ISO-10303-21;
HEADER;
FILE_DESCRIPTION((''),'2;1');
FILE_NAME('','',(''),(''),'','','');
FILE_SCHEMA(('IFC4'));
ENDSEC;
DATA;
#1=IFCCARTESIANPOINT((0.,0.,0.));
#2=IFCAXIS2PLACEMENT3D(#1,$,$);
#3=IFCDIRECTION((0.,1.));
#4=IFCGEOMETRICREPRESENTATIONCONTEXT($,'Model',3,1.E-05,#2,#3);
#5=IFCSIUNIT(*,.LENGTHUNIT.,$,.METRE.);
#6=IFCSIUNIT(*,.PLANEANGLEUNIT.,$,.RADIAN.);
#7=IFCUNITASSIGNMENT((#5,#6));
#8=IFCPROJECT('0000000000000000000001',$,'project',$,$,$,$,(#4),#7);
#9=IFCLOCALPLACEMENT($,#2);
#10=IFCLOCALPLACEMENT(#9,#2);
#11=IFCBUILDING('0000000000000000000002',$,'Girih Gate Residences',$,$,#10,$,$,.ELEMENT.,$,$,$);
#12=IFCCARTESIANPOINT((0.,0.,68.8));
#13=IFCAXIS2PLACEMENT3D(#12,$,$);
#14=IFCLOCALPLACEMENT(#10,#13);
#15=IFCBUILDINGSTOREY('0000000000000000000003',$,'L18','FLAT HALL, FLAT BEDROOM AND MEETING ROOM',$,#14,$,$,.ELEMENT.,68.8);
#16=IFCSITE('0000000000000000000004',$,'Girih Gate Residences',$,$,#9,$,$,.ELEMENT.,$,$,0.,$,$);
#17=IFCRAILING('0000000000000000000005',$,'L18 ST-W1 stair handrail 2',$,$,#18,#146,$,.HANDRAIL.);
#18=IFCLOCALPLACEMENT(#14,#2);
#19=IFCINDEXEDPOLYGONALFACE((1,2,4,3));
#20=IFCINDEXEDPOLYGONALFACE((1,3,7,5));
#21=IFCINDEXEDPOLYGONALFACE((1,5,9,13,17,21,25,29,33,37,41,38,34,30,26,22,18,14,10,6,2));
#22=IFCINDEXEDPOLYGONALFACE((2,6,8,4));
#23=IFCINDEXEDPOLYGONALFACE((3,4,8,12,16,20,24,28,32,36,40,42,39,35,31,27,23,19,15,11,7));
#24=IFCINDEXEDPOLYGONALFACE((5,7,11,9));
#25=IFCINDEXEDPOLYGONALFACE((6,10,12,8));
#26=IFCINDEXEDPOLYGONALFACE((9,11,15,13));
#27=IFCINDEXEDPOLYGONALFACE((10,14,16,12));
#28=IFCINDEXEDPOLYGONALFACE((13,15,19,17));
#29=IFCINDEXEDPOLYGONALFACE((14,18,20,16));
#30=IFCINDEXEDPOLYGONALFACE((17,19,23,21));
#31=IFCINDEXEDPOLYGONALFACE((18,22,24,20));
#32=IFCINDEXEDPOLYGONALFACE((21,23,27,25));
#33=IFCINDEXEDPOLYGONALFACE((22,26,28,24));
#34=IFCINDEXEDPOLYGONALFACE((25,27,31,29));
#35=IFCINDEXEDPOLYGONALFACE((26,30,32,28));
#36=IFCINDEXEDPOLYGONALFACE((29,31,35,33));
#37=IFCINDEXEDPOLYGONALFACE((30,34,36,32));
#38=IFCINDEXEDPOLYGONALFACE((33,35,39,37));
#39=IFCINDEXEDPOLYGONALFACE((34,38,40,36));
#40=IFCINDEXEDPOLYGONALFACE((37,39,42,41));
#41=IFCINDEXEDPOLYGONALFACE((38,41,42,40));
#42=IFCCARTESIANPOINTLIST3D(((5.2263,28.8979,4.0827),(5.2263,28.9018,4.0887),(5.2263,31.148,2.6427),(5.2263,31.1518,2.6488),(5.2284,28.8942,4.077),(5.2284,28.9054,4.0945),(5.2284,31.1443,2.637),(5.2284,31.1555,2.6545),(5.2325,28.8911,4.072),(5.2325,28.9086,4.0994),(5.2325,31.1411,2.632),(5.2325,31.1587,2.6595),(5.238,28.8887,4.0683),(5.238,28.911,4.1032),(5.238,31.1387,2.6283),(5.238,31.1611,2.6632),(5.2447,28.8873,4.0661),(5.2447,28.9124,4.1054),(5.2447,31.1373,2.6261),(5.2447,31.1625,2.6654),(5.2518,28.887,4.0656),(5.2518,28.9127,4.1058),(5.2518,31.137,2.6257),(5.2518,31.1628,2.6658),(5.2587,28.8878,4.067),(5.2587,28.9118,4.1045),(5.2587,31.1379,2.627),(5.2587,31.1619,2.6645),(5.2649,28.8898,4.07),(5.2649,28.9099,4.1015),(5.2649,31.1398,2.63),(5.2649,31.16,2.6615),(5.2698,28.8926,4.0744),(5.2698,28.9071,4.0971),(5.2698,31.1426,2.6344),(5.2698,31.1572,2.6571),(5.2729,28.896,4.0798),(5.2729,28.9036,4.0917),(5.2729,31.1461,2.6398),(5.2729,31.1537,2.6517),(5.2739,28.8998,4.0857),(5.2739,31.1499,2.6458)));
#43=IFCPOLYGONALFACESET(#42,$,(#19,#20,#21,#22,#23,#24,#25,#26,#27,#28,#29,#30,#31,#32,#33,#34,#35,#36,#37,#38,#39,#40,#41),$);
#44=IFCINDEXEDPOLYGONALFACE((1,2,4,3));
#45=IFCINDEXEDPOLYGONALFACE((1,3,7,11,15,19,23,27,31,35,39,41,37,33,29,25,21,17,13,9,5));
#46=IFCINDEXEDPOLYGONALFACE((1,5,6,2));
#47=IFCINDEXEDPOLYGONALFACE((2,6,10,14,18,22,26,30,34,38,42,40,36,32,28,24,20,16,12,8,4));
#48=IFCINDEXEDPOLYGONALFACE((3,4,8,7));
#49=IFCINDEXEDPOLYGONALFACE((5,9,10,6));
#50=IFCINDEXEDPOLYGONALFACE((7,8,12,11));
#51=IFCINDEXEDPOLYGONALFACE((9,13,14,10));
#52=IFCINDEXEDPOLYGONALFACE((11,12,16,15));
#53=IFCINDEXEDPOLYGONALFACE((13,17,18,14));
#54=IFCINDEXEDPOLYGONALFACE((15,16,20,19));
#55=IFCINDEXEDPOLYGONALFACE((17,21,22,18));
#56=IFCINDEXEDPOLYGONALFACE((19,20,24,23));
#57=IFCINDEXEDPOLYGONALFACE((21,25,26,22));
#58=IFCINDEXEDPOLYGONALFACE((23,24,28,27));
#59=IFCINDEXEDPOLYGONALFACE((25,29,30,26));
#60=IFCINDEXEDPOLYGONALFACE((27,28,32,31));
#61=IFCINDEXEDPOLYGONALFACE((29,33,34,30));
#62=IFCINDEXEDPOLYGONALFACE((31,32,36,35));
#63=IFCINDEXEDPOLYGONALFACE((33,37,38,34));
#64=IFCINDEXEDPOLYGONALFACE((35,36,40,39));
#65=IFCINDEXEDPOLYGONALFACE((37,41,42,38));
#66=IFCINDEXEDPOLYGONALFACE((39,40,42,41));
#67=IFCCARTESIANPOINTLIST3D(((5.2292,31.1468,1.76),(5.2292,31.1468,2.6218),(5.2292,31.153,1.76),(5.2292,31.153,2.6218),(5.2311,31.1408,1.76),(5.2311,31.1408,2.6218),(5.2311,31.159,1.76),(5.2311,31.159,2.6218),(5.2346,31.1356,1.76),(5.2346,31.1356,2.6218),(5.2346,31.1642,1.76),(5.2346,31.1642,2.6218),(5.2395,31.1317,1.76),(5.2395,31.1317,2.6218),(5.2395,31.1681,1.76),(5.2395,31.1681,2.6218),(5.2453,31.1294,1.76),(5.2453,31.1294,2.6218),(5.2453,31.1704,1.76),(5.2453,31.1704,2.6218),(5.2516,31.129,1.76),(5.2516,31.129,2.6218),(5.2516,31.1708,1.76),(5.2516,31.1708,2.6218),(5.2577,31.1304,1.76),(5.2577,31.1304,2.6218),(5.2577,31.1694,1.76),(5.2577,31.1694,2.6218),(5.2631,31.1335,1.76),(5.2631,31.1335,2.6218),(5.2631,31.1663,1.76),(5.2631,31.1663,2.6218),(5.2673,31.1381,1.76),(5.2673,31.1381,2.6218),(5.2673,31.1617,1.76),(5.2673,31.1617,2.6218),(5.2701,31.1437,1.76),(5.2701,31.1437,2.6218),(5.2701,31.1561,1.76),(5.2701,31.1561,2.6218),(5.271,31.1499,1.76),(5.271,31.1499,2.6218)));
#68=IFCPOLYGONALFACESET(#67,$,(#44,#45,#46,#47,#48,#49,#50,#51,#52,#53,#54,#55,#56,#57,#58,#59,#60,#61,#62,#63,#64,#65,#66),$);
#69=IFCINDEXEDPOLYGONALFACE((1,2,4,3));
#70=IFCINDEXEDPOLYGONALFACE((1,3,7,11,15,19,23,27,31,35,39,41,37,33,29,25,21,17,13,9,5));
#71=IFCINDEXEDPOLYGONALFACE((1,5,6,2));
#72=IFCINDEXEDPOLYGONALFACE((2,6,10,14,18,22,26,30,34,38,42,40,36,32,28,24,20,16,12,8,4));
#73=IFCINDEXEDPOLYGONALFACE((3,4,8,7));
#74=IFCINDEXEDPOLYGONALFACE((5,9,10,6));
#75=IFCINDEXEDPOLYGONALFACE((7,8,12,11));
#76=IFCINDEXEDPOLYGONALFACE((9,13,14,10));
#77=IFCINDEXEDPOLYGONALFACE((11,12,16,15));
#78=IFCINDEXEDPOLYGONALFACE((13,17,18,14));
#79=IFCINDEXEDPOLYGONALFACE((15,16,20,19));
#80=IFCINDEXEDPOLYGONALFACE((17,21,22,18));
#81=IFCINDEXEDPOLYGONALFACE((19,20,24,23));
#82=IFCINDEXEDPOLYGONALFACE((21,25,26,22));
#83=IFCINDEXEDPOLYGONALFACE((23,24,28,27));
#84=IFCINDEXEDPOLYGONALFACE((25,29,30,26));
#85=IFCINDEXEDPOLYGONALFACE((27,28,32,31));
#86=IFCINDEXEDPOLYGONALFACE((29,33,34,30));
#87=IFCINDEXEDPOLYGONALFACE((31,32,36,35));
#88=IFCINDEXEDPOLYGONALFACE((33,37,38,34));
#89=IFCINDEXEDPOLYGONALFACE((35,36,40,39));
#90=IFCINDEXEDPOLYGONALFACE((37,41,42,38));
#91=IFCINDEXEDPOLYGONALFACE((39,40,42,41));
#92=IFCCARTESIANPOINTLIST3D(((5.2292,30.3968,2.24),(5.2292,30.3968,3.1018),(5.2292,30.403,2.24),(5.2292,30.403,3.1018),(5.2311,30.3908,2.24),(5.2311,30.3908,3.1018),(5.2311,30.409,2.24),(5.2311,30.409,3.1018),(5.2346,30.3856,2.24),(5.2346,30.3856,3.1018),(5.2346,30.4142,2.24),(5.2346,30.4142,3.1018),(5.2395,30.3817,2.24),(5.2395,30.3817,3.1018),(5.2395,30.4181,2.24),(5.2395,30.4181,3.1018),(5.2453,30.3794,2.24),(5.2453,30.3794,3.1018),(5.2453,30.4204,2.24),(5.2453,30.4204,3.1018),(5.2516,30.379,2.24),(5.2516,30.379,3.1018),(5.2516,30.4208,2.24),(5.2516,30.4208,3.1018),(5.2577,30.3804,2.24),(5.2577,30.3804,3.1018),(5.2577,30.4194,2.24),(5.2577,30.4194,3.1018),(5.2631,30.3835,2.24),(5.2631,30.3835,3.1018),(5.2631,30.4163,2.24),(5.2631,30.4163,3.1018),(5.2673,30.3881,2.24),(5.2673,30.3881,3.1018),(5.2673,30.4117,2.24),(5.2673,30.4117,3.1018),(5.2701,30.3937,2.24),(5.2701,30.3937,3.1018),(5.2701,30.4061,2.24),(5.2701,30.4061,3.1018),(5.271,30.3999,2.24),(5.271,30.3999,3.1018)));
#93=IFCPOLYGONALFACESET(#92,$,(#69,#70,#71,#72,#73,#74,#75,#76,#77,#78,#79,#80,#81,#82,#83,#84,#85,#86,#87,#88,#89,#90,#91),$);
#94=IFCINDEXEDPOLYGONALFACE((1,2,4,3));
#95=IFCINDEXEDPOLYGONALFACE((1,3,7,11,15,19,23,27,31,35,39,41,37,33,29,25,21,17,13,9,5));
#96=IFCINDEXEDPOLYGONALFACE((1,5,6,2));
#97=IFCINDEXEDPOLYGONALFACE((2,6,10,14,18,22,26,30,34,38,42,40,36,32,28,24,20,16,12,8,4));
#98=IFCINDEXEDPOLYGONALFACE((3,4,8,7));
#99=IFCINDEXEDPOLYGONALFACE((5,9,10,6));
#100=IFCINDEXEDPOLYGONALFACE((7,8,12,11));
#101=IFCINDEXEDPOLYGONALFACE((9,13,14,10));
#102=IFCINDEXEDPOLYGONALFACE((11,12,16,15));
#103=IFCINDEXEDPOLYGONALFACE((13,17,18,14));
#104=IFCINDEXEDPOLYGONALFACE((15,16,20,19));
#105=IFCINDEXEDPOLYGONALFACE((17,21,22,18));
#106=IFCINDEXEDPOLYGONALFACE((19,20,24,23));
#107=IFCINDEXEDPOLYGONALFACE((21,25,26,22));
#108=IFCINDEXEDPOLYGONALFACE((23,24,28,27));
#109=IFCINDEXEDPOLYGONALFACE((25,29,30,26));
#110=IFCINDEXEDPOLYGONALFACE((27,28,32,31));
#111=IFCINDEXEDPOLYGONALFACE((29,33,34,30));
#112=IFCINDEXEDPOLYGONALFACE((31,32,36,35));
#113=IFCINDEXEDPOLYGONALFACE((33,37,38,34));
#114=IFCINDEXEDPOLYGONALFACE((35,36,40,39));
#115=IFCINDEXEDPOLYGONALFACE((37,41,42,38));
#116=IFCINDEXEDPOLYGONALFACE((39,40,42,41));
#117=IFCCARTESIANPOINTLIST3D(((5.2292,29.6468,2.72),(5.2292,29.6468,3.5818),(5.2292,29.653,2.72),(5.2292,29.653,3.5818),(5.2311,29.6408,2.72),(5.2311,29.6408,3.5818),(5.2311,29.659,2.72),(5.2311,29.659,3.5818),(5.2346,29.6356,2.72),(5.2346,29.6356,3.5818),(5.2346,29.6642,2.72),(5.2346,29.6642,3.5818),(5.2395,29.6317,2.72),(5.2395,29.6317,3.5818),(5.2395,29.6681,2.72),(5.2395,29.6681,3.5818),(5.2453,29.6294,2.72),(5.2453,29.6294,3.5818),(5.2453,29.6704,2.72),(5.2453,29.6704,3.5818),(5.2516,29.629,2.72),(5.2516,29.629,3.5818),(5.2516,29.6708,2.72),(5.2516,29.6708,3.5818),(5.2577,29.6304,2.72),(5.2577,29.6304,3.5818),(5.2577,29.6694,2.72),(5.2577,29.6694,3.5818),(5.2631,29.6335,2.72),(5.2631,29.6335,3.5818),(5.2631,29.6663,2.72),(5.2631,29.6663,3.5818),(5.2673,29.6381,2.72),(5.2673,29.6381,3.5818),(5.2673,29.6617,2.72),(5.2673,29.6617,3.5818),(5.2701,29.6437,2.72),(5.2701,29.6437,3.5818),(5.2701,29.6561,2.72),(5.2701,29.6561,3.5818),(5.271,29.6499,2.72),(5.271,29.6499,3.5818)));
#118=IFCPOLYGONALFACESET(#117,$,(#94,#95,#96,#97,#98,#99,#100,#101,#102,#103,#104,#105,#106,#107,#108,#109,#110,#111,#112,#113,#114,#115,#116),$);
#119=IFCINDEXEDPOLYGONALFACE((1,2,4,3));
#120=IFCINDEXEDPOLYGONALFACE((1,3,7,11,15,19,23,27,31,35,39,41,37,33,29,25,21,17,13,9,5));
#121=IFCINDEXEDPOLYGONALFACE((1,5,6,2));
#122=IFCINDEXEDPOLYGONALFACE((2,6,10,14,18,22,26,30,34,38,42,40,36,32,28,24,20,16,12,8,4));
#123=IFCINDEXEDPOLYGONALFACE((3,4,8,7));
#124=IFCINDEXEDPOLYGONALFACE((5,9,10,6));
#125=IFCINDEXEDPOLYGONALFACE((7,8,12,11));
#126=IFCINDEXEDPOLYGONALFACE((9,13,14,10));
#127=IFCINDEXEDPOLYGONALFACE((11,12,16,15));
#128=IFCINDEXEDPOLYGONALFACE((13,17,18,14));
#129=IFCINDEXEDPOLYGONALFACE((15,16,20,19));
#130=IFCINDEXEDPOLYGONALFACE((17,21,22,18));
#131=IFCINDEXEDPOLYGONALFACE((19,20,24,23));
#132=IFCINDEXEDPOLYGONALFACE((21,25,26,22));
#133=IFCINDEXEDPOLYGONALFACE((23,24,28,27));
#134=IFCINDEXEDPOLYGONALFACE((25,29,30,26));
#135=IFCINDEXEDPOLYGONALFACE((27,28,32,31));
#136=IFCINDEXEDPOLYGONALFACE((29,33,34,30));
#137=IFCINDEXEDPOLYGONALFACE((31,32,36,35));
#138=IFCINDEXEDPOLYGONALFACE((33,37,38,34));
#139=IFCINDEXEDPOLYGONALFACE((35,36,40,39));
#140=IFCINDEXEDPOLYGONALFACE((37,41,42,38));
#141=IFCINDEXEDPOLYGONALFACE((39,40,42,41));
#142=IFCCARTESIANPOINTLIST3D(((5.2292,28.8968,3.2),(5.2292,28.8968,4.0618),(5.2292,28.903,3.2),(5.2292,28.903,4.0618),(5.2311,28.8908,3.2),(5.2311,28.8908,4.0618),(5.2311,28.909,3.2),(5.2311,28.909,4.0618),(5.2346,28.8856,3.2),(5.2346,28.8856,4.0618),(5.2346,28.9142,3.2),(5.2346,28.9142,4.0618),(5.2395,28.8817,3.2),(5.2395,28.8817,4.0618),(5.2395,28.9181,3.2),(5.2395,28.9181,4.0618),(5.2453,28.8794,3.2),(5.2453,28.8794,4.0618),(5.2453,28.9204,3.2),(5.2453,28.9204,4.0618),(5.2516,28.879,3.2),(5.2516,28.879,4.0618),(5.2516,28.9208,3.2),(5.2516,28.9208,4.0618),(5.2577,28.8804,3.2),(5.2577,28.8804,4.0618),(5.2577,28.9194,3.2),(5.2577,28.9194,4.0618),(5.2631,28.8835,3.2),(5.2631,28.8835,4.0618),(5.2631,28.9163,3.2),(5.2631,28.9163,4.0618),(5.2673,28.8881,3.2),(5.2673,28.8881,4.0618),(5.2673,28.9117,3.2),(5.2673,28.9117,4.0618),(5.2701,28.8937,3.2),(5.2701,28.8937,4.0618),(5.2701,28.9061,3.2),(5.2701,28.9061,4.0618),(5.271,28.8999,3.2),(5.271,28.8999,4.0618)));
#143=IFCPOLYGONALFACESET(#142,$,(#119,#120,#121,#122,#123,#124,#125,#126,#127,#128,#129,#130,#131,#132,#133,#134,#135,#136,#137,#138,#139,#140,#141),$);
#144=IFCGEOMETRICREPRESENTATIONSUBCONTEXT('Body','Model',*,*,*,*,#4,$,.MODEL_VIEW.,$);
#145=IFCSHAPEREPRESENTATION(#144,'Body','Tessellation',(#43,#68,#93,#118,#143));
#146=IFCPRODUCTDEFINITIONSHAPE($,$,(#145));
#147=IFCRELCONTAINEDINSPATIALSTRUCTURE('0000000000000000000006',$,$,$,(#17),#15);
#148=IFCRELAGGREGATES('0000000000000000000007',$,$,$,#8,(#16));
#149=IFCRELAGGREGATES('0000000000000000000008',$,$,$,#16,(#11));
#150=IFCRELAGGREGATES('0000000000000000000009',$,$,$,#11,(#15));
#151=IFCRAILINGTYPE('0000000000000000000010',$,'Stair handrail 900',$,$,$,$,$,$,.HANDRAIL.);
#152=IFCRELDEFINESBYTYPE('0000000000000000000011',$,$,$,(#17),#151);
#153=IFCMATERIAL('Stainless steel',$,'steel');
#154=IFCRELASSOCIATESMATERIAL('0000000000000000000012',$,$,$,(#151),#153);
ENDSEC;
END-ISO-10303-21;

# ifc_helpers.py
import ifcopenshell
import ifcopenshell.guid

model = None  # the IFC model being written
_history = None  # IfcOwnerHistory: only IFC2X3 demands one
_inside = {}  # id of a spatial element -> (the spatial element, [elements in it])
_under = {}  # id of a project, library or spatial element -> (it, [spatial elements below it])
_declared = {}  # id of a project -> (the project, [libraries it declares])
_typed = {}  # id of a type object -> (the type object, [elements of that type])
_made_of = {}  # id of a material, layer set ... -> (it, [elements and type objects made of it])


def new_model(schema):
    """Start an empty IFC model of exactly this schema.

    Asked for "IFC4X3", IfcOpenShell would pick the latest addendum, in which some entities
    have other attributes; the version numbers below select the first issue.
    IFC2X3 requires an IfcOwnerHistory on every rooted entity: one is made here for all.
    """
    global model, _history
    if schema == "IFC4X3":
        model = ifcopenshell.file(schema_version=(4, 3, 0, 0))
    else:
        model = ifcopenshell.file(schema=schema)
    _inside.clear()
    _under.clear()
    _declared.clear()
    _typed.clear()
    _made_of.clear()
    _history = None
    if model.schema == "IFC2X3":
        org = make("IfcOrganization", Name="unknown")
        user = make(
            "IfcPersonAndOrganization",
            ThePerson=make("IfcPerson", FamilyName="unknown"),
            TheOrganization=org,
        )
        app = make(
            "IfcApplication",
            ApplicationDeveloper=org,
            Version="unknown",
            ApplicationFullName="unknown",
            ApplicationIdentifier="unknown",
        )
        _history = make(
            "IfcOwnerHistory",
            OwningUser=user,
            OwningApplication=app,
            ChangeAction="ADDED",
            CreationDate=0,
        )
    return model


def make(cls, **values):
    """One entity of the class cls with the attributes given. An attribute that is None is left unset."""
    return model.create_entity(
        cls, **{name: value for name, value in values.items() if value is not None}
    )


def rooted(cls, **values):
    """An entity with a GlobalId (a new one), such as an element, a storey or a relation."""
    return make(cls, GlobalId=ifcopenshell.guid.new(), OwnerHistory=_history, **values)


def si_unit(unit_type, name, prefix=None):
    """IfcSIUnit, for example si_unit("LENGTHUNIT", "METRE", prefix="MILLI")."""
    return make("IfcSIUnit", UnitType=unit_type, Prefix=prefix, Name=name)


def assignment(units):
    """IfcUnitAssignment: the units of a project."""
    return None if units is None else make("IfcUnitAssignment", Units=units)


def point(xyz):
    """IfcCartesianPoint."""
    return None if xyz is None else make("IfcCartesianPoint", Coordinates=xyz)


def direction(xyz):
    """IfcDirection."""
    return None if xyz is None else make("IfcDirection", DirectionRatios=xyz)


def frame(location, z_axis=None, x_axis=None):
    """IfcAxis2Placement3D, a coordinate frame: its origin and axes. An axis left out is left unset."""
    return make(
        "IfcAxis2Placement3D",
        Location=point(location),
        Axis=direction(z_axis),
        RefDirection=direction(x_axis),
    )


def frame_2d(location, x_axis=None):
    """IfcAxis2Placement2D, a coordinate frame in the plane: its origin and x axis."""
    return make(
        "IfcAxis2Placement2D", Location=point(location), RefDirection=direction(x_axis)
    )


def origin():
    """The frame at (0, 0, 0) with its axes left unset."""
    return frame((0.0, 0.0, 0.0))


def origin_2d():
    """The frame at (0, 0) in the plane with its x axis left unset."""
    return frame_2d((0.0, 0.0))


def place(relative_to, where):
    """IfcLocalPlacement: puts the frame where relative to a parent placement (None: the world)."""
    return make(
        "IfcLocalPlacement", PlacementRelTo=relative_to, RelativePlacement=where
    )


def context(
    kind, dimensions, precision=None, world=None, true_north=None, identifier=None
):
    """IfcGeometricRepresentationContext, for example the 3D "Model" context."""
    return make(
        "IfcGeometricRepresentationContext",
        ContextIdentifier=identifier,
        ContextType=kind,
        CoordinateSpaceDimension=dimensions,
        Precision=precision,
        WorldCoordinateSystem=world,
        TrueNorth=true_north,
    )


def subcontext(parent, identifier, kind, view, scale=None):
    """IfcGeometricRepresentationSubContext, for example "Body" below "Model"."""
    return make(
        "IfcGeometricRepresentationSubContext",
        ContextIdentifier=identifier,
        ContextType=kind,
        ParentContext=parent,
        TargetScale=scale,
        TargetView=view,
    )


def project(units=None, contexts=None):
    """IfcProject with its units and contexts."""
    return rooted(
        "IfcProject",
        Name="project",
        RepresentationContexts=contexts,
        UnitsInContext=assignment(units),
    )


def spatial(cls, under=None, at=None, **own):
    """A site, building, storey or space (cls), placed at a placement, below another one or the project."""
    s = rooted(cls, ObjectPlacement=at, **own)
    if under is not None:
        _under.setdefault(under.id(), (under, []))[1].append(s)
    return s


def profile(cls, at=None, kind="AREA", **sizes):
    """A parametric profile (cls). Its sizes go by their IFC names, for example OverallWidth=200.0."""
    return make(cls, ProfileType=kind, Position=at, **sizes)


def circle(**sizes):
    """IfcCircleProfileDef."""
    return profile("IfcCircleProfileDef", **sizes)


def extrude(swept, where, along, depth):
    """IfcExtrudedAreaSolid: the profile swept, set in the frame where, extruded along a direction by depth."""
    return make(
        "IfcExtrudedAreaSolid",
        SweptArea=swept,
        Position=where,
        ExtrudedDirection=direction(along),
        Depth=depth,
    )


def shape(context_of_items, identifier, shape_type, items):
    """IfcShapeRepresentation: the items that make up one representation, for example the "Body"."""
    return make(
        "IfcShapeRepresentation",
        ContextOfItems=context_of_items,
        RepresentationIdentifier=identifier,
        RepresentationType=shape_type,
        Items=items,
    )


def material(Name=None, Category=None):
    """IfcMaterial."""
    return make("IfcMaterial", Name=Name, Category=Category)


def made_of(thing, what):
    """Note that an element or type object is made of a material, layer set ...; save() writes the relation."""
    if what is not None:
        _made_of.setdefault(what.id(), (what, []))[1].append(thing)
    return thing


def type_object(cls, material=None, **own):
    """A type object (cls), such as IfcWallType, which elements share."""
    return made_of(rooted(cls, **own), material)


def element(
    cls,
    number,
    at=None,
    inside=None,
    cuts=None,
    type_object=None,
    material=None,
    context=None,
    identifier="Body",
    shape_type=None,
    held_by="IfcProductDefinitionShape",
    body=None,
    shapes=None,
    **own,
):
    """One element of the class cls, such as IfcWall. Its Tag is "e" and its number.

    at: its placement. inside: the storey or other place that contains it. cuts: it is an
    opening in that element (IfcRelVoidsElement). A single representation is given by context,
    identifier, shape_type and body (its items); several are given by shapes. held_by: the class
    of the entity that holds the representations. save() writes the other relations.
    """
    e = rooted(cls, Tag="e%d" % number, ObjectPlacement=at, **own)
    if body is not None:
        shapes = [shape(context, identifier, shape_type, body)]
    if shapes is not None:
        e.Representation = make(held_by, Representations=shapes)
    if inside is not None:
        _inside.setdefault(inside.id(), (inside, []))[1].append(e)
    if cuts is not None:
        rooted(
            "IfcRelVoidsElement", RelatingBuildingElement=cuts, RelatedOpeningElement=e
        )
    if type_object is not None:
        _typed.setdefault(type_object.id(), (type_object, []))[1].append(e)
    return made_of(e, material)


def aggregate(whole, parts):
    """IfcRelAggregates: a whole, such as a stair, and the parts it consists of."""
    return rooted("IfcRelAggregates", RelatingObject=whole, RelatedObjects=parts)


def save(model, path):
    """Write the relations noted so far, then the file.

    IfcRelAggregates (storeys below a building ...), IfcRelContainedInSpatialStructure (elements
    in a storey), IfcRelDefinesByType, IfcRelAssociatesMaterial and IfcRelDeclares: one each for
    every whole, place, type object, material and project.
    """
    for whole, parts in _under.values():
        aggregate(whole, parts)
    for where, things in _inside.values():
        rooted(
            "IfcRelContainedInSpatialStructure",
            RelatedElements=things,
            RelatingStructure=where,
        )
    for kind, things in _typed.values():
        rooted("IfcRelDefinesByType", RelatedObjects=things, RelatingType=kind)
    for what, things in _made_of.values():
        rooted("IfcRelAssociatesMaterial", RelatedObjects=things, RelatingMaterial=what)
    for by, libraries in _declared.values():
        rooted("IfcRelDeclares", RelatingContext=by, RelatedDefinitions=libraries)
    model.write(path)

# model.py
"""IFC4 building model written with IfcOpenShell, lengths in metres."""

from ifc_helpers import new_model, si_unit, direction, frame, origin, origin_2d, place, context, subcontext, project, spatial, circle, extrude, material, type_object, element, save


model = new_model("IFC4")

# Units and contexts
model_context = context("Model", 3, precision=1e-05, world=origin(), true_north=direction((0.0, 1.0)))
body_context = subcontext(model_context, "Body", "Model", "MODEL_VIEW")
ifc_project = project(units=[si_unit("LENGTHUNIT", "METRE"), si_unit("PLANEANGLEUNIT", "RADIAN")], contexts=[model_context])

# Site, building, storey
site_placement = place(None, origin())
site = spatial("IfcSite", under=ifc_project, at=site_placement, Name="Girih Gate Residences", CompositionType="ELEMENT", RefElevation=0.0)
building_placement = place(site_placement, origin())
building = spatial("IfcBuilding", under=site, at=building_placement, Name="Girih Gate Residences", CompositionType="ELEMENT")
storey_placement = place(building_placement, frame((0.0, 0.0, 68.8)))
storey = spatial("IfcBuildingStorey", under=building, at=storey_placement, Name="L18", Description="FLAT HALL, FLAT BEDROOM AND MEETING ROOM", CompositionType="ELEMENT", Elevation=68.8)

# Railing
ifc_material_1 = material(Name="Stainless steel", Category="steel")
railing_type_1 = type_object("IfcRailingType", Name="Stair handrail 900", PredefinedType="HANDRAIL", material=ifc_material_1)
railing_1_placement = place(storey_placement, frame((5.25, 31.1499, 1.76)))
element("IfcRailing", 1, at=railing_1_placement, inside=storey, type_object=railing_type_1, Name="L18 ST-W1 stair handrail 2", PredefinedType="HANDRAIL", context=body_context, shape_type="SweptSolid", body=[
    extrude(circle(Radius=0.0239, at=origin_2d()), frame((0.0, 0.0, 0.8857), z_axis=(0.0, -0.842281, 0.539038), x_axis=(1.0, 0.0, 0.0)), (0.0, 0.0, 1.0), 2.6714),
    extrude(circle(Radius=0.021, at=origin_2d()), origin(), (0.0, 0.0, 1.0), 0.8618),
    extrude(circle(Radius=0.021, at=origin_2d()), frame((0.0, -0.75, 0.48)), (0.0, 0.0, 1.0), 0.8618),
    extrude(circle(Radius=0.021, at=origin_2d()), frame((0.0, -1.5, 0.96)), (0.0, 0.0, 1.0), 0.8618),
    extrude(circle(Radius=0.021, at=origin_2d()), frame((0.0, -2.25, 1.4399)), (0.0, 0.0, 1.0), 0.8618),
])

save(model, "model.ifc")
